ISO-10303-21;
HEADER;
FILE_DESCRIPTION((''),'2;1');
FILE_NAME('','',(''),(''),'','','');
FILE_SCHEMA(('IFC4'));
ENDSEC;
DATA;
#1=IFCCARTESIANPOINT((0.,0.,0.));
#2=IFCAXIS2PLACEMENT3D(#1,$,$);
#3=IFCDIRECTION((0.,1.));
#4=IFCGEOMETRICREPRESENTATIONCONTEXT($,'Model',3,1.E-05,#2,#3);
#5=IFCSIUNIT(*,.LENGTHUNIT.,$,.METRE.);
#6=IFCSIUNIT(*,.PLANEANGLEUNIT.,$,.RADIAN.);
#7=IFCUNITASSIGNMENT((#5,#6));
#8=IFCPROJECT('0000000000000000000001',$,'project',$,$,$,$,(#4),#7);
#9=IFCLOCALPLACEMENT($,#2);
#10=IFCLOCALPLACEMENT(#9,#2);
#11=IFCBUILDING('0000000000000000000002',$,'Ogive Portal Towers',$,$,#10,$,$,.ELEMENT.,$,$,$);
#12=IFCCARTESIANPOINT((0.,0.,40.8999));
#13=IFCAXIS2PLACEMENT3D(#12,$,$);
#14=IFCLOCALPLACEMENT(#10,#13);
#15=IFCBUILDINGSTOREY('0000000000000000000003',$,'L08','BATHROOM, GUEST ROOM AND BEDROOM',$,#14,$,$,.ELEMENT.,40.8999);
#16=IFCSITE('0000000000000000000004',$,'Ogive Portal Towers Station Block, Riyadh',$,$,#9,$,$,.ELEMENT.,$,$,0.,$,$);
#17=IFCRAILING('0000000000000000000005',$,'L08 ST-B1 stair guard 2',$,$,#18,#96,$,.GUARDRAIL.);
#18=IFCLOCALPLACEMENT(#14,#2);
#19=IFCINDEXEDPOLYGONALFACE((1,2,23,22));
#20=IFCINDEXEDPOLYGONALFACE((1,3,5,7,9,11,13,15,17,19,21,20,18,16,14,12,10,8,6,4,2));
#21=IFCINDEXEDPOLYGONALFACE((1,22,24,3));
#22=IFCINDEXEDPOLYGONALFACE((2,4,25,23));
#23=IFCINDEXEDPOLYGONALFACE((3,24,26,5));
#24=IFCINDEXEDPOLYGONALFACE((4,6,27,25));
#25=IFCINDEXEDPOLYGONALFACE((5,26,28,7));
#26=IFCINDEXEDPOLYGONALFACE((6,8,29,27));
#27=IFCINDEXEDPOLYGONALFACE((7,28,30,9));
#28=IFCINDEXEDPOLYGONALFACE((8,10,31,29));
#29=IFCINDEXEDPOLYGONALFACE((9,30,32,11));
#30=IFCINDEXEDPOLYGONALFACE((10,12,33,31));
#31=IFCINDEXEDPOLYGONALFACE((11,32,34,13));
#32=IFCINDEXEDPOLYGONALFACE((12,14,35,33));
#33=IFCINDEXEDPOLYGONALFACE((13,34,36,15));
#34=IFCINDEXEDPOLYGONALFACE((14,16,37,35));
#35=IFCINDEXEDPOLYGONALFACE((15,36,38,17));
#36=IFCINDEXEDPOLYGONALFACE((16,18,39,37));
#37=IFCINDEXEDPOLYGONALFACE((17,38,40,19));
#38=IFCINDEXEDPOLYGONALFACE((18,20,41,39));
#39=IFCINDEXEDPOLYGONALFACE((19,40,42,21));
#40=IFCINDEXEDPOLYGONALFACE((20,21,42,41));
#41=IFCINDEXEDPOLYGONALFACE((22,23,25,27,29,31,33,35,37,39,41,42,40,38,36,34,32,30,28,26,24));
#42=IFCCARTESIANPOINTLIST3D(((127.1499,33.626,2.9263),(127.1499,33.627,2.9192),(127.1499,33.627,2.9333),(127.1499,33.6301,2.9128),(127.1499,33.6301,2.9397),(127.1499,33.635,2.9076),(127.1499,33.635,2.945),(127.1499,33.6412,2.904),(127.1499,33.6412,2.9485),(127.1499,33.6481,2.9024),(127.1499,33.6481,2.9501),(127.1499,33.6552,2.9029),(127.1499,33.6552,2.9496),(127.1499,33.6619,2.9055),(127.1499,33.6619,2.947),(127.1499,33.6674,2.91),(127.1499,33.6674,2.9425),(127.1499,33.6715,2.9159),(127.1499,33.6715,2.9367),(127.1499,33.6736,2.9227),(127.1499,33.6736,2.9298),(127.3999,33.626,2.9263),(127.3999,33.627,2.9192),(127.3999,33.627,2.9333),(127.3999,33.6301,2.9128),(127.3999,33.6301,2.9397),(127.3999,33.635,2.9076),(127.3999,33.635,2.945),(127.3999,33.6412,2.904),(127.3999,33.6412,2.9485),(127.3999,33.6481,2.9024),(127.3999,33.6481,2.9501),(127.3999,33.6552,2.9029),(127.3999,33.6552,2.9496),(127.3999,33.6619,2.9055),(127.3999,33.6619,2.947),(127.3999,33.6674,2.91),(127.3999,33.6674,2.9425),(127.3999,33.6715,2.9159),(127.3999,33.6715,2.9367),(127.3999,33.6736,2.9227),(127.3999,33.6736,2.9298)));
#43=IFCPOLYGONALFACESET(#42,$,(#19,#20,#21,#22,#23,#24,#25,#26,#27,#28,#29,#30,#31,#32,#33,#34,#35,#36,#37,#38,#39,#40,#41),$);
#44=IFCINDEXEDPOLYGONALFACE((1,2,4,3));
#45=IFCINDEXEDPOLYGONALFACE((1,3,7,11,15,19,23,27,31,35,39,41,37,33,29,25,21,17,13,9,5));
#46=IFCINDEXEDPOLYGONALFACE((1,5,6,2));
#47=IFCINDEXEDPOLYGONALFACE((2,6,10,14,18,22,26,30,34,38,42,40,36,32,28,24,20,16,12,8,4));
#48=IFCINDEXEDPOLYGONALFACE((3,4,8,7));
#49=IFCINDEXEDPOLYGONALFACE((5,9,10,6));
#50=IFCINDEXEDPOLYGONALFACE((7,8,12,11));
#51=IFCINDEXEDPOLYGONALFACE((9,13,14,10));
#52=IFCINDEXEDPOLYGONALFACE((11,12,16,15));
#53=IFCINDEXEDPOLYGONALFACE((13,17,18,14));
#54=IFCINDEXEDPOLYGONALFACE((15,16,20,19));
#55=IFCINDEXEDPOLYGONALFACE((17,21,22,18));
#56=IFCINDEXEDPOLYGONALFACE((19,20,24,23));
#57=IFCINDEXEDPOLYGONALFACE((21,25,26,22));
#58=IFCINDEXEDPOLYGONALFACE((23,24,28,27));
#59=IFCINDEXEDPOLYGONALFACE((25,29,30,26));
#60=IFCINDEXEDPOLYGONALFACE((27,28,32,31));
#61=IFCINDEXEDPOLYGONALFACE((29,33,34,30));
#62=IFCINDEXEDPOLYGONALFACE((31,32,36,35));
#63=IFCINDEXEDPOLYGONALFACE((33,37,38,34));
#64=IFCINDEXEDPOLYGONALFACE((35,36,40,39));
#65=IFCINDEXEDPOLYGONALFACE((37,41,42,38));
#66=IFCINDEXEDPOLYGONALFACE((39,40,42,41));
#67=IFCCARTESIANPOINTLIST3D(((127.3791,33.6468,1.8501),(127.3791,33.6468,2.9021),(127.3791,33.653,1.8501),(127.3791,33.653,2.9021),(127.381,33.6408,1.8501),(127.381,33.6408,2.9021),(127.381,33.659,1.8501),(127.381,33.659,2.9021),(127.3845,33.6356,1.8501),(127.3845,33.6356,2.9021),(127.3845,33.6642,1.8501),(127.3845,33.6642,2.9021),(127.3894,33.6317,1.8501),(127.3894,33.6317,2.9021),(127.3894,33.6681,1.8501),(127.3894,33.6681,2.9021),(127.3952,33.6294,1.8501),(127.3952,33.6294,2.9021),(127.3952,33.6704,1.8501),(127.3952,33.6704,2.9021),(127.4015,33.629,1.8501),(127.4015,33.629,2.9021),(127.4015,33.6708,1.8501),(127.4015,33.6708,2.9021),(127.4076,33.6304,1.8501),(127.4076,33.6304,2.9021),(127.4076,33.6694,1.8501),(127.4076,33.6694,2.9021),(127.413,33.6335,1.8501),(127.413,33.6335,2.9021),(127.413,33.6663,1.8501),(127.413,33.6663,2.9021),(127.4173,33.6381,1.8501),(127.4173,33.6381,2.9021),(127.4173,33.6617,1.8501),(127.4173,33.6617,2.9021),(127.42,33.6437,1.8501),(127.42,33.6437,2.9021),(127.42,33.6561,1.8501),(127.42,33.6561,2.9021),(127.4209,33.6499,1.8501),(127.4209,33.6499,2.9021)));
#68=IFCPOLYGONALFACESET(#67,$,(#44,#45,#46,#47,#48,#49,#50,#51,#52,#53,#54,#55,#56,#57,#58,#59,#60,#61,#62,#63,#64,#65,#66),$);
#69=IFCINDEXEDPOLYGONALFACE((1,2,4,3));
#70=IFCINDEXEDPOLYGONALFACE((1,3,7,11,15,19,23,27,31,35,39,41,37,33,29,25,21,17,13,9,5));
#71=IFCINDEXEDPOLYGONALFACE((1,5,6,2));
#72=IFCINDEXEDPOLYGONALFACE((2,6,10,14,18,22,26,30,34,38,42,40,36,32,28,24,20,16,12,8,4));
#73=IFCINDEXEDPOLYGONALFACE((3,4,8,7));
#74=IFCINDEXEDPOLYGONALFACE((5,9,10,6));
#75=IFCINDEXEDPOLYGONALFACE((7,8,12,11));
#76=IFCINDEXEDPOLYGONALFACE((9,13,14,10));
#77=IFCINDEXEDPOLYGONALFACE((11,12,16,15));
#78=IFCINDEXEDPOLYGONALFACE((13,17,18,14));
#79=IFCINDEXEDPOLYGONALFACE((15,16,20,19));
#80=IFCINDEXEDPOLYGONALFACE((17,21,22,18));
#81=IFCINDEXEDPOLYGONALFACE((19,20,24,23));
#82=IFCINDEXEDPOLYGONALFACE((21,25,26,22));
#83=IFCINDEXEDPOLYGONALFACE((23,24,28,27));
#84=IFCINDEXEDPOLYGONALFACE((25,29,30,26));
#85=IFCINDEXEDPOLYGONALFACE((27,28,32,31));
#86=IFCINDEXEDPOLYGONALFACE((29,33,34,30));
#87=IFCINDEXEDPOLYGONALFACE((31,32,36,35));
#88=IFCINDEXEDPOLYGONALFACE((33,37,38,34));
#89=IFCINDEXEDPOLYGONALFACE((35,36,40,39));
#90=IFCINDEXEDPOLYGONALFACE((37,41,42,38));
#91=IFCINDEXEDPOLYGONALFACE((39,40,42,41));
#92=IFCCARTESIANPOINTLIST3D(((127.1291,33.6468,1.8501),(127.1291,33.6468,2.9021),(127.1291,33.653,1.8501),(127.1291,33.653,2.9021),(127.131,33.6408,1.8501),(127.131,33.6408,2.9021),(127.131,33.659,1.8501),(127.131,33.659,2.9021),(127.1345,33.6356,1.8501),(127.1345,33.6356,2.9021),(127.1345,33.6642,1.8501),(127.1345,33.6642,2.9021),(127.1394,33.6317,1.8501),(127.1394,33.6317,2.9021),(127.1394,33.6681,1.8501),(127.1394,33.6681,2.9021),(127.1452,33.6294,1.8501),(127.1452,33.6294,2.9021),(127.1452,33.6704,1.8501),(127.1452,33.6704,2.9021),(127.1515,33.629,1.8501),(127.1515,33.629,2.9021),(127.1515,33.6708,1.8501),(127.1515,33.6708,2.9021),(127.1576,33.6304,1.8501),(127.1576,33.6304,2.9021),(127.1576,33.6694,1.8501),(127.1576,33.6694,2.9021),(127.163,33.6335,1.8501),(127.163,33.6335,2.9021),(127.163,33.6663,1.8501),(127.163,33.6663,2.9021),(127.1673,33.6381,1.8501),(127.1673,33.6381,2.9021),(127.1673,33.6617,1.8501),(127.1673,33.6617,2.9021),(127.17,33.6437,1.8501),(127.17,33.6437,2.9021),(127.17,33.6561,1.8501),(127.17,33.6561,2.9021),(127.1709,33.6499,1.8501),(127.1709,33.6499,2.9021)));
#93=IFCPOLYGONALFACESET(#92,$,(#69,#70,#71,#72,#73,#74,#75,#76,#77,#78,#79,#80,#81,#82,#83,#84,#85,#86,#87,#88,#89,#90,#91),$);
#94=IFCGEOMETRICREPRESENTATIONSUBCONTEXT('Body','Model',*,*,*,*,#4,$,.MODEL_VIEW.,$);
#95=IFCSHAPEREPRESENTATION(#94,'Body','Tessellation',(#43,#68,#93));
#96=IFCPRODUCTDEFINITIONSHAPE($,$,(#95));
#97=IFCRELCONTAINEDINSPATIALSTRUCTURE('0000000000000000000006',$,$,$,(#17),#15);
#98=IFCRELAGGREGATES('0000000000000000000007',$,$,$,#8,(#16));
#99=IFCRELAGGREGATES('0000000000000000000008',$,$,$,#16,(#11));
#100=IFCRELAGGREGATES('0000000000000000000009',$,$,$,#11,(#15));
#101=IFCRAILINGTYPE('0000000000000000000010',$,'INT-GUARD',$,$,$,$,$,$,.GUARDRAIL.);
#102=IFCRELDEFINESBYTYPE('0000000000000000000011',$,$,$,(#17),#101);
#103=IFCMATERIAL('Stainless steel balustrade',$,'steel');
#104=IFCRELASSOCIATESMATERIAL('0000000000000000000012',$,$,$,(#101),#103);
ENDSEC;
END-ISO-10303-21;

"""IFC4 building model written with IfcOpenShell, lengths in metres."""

from ifc_helpers import new_model, si_unit, direction, frame, origin, origin_2d, place, context, subcontext, project, spatial, circle, extrude, material, type_object, element, save


model = new_model("IFC4")

# Units and contexts
model_context = context("Model", 3, precision=1e-05, world=origin(), true_north=direction((0.0, 1.0)))
body_context = subcontext(model_context, "Body", "Model", "MODEL_VIEW")
ifc_project = project(units=[si_unit("LENGTHUNIT", "METRE"), si_unit("PLANEANGLEUNIT", "RADIAN")], contexts=[model_context])

# Site, building, storey
site_placement = place(None, origin())
site = spatial("IfcSite", under=ifc_project, at=site_placement, Name="Ogive Portal Towers Station Block, Riyadh", CompositionType="ELEMENT", RefElevation=0.0)
building_placement = place(site_placement, origin())
building = spatial("IfcBuilding", under=site, at=building_placement, Name="Ogive Portal Towers", CompositionType="ELEMENT")
storey_placement = place(building_placement, frame((0.0, 0.0, 40.8999)))
storey = spatial("IfcBuildingStorey", under=building, at=storey_placement, Name="L08", Description="BATHROOM, GUEST ROOM AND BEDROOM", CompositionType="ELEMENT", Elevation=40.8999)

# Railing
ifc_material_1 = material(Name="Stainless steel balustrade", Category="steel")
railing_type_1 = type_object("IfcRailingType", Name="INT-GUARD", PredefinedType="GUARDRAIL", material=ifc_material_1)
railing_1_placement = place(storey_placement, frame((127.3999, 33.6499, 1.8501)))
element("IfcRailing", 1, at=railing_1_placement, inside=storey, type_object=railing_type_1, Name="L08 ST-B1 stair guard 2", PredefinedType="GUARDRAIL", context=body_context, shape_type="SweptSolid", body=[
    extrude(circle(Radius=0.0239, at=origin_2d()), frame((0.0, 0.0, 1.0762), z_axis=(-1.0, 0.0, 0.0), x_axis=(0.0, -1.0, 0.0)), (0.0, 0.0, 1.0), 0.25),
    extrude(circle(Radius=0.021, at=origin_2d()), origin(), (0.0, 0.0, 1.0), 1.052),
    extrude(circle(Radius=0.021, at=origin_2d()), frame((-0.25, 0.0, 0.0)), (0.0, 0.0, 1.0), 1.052),
])

save(model, "model.ifc")
